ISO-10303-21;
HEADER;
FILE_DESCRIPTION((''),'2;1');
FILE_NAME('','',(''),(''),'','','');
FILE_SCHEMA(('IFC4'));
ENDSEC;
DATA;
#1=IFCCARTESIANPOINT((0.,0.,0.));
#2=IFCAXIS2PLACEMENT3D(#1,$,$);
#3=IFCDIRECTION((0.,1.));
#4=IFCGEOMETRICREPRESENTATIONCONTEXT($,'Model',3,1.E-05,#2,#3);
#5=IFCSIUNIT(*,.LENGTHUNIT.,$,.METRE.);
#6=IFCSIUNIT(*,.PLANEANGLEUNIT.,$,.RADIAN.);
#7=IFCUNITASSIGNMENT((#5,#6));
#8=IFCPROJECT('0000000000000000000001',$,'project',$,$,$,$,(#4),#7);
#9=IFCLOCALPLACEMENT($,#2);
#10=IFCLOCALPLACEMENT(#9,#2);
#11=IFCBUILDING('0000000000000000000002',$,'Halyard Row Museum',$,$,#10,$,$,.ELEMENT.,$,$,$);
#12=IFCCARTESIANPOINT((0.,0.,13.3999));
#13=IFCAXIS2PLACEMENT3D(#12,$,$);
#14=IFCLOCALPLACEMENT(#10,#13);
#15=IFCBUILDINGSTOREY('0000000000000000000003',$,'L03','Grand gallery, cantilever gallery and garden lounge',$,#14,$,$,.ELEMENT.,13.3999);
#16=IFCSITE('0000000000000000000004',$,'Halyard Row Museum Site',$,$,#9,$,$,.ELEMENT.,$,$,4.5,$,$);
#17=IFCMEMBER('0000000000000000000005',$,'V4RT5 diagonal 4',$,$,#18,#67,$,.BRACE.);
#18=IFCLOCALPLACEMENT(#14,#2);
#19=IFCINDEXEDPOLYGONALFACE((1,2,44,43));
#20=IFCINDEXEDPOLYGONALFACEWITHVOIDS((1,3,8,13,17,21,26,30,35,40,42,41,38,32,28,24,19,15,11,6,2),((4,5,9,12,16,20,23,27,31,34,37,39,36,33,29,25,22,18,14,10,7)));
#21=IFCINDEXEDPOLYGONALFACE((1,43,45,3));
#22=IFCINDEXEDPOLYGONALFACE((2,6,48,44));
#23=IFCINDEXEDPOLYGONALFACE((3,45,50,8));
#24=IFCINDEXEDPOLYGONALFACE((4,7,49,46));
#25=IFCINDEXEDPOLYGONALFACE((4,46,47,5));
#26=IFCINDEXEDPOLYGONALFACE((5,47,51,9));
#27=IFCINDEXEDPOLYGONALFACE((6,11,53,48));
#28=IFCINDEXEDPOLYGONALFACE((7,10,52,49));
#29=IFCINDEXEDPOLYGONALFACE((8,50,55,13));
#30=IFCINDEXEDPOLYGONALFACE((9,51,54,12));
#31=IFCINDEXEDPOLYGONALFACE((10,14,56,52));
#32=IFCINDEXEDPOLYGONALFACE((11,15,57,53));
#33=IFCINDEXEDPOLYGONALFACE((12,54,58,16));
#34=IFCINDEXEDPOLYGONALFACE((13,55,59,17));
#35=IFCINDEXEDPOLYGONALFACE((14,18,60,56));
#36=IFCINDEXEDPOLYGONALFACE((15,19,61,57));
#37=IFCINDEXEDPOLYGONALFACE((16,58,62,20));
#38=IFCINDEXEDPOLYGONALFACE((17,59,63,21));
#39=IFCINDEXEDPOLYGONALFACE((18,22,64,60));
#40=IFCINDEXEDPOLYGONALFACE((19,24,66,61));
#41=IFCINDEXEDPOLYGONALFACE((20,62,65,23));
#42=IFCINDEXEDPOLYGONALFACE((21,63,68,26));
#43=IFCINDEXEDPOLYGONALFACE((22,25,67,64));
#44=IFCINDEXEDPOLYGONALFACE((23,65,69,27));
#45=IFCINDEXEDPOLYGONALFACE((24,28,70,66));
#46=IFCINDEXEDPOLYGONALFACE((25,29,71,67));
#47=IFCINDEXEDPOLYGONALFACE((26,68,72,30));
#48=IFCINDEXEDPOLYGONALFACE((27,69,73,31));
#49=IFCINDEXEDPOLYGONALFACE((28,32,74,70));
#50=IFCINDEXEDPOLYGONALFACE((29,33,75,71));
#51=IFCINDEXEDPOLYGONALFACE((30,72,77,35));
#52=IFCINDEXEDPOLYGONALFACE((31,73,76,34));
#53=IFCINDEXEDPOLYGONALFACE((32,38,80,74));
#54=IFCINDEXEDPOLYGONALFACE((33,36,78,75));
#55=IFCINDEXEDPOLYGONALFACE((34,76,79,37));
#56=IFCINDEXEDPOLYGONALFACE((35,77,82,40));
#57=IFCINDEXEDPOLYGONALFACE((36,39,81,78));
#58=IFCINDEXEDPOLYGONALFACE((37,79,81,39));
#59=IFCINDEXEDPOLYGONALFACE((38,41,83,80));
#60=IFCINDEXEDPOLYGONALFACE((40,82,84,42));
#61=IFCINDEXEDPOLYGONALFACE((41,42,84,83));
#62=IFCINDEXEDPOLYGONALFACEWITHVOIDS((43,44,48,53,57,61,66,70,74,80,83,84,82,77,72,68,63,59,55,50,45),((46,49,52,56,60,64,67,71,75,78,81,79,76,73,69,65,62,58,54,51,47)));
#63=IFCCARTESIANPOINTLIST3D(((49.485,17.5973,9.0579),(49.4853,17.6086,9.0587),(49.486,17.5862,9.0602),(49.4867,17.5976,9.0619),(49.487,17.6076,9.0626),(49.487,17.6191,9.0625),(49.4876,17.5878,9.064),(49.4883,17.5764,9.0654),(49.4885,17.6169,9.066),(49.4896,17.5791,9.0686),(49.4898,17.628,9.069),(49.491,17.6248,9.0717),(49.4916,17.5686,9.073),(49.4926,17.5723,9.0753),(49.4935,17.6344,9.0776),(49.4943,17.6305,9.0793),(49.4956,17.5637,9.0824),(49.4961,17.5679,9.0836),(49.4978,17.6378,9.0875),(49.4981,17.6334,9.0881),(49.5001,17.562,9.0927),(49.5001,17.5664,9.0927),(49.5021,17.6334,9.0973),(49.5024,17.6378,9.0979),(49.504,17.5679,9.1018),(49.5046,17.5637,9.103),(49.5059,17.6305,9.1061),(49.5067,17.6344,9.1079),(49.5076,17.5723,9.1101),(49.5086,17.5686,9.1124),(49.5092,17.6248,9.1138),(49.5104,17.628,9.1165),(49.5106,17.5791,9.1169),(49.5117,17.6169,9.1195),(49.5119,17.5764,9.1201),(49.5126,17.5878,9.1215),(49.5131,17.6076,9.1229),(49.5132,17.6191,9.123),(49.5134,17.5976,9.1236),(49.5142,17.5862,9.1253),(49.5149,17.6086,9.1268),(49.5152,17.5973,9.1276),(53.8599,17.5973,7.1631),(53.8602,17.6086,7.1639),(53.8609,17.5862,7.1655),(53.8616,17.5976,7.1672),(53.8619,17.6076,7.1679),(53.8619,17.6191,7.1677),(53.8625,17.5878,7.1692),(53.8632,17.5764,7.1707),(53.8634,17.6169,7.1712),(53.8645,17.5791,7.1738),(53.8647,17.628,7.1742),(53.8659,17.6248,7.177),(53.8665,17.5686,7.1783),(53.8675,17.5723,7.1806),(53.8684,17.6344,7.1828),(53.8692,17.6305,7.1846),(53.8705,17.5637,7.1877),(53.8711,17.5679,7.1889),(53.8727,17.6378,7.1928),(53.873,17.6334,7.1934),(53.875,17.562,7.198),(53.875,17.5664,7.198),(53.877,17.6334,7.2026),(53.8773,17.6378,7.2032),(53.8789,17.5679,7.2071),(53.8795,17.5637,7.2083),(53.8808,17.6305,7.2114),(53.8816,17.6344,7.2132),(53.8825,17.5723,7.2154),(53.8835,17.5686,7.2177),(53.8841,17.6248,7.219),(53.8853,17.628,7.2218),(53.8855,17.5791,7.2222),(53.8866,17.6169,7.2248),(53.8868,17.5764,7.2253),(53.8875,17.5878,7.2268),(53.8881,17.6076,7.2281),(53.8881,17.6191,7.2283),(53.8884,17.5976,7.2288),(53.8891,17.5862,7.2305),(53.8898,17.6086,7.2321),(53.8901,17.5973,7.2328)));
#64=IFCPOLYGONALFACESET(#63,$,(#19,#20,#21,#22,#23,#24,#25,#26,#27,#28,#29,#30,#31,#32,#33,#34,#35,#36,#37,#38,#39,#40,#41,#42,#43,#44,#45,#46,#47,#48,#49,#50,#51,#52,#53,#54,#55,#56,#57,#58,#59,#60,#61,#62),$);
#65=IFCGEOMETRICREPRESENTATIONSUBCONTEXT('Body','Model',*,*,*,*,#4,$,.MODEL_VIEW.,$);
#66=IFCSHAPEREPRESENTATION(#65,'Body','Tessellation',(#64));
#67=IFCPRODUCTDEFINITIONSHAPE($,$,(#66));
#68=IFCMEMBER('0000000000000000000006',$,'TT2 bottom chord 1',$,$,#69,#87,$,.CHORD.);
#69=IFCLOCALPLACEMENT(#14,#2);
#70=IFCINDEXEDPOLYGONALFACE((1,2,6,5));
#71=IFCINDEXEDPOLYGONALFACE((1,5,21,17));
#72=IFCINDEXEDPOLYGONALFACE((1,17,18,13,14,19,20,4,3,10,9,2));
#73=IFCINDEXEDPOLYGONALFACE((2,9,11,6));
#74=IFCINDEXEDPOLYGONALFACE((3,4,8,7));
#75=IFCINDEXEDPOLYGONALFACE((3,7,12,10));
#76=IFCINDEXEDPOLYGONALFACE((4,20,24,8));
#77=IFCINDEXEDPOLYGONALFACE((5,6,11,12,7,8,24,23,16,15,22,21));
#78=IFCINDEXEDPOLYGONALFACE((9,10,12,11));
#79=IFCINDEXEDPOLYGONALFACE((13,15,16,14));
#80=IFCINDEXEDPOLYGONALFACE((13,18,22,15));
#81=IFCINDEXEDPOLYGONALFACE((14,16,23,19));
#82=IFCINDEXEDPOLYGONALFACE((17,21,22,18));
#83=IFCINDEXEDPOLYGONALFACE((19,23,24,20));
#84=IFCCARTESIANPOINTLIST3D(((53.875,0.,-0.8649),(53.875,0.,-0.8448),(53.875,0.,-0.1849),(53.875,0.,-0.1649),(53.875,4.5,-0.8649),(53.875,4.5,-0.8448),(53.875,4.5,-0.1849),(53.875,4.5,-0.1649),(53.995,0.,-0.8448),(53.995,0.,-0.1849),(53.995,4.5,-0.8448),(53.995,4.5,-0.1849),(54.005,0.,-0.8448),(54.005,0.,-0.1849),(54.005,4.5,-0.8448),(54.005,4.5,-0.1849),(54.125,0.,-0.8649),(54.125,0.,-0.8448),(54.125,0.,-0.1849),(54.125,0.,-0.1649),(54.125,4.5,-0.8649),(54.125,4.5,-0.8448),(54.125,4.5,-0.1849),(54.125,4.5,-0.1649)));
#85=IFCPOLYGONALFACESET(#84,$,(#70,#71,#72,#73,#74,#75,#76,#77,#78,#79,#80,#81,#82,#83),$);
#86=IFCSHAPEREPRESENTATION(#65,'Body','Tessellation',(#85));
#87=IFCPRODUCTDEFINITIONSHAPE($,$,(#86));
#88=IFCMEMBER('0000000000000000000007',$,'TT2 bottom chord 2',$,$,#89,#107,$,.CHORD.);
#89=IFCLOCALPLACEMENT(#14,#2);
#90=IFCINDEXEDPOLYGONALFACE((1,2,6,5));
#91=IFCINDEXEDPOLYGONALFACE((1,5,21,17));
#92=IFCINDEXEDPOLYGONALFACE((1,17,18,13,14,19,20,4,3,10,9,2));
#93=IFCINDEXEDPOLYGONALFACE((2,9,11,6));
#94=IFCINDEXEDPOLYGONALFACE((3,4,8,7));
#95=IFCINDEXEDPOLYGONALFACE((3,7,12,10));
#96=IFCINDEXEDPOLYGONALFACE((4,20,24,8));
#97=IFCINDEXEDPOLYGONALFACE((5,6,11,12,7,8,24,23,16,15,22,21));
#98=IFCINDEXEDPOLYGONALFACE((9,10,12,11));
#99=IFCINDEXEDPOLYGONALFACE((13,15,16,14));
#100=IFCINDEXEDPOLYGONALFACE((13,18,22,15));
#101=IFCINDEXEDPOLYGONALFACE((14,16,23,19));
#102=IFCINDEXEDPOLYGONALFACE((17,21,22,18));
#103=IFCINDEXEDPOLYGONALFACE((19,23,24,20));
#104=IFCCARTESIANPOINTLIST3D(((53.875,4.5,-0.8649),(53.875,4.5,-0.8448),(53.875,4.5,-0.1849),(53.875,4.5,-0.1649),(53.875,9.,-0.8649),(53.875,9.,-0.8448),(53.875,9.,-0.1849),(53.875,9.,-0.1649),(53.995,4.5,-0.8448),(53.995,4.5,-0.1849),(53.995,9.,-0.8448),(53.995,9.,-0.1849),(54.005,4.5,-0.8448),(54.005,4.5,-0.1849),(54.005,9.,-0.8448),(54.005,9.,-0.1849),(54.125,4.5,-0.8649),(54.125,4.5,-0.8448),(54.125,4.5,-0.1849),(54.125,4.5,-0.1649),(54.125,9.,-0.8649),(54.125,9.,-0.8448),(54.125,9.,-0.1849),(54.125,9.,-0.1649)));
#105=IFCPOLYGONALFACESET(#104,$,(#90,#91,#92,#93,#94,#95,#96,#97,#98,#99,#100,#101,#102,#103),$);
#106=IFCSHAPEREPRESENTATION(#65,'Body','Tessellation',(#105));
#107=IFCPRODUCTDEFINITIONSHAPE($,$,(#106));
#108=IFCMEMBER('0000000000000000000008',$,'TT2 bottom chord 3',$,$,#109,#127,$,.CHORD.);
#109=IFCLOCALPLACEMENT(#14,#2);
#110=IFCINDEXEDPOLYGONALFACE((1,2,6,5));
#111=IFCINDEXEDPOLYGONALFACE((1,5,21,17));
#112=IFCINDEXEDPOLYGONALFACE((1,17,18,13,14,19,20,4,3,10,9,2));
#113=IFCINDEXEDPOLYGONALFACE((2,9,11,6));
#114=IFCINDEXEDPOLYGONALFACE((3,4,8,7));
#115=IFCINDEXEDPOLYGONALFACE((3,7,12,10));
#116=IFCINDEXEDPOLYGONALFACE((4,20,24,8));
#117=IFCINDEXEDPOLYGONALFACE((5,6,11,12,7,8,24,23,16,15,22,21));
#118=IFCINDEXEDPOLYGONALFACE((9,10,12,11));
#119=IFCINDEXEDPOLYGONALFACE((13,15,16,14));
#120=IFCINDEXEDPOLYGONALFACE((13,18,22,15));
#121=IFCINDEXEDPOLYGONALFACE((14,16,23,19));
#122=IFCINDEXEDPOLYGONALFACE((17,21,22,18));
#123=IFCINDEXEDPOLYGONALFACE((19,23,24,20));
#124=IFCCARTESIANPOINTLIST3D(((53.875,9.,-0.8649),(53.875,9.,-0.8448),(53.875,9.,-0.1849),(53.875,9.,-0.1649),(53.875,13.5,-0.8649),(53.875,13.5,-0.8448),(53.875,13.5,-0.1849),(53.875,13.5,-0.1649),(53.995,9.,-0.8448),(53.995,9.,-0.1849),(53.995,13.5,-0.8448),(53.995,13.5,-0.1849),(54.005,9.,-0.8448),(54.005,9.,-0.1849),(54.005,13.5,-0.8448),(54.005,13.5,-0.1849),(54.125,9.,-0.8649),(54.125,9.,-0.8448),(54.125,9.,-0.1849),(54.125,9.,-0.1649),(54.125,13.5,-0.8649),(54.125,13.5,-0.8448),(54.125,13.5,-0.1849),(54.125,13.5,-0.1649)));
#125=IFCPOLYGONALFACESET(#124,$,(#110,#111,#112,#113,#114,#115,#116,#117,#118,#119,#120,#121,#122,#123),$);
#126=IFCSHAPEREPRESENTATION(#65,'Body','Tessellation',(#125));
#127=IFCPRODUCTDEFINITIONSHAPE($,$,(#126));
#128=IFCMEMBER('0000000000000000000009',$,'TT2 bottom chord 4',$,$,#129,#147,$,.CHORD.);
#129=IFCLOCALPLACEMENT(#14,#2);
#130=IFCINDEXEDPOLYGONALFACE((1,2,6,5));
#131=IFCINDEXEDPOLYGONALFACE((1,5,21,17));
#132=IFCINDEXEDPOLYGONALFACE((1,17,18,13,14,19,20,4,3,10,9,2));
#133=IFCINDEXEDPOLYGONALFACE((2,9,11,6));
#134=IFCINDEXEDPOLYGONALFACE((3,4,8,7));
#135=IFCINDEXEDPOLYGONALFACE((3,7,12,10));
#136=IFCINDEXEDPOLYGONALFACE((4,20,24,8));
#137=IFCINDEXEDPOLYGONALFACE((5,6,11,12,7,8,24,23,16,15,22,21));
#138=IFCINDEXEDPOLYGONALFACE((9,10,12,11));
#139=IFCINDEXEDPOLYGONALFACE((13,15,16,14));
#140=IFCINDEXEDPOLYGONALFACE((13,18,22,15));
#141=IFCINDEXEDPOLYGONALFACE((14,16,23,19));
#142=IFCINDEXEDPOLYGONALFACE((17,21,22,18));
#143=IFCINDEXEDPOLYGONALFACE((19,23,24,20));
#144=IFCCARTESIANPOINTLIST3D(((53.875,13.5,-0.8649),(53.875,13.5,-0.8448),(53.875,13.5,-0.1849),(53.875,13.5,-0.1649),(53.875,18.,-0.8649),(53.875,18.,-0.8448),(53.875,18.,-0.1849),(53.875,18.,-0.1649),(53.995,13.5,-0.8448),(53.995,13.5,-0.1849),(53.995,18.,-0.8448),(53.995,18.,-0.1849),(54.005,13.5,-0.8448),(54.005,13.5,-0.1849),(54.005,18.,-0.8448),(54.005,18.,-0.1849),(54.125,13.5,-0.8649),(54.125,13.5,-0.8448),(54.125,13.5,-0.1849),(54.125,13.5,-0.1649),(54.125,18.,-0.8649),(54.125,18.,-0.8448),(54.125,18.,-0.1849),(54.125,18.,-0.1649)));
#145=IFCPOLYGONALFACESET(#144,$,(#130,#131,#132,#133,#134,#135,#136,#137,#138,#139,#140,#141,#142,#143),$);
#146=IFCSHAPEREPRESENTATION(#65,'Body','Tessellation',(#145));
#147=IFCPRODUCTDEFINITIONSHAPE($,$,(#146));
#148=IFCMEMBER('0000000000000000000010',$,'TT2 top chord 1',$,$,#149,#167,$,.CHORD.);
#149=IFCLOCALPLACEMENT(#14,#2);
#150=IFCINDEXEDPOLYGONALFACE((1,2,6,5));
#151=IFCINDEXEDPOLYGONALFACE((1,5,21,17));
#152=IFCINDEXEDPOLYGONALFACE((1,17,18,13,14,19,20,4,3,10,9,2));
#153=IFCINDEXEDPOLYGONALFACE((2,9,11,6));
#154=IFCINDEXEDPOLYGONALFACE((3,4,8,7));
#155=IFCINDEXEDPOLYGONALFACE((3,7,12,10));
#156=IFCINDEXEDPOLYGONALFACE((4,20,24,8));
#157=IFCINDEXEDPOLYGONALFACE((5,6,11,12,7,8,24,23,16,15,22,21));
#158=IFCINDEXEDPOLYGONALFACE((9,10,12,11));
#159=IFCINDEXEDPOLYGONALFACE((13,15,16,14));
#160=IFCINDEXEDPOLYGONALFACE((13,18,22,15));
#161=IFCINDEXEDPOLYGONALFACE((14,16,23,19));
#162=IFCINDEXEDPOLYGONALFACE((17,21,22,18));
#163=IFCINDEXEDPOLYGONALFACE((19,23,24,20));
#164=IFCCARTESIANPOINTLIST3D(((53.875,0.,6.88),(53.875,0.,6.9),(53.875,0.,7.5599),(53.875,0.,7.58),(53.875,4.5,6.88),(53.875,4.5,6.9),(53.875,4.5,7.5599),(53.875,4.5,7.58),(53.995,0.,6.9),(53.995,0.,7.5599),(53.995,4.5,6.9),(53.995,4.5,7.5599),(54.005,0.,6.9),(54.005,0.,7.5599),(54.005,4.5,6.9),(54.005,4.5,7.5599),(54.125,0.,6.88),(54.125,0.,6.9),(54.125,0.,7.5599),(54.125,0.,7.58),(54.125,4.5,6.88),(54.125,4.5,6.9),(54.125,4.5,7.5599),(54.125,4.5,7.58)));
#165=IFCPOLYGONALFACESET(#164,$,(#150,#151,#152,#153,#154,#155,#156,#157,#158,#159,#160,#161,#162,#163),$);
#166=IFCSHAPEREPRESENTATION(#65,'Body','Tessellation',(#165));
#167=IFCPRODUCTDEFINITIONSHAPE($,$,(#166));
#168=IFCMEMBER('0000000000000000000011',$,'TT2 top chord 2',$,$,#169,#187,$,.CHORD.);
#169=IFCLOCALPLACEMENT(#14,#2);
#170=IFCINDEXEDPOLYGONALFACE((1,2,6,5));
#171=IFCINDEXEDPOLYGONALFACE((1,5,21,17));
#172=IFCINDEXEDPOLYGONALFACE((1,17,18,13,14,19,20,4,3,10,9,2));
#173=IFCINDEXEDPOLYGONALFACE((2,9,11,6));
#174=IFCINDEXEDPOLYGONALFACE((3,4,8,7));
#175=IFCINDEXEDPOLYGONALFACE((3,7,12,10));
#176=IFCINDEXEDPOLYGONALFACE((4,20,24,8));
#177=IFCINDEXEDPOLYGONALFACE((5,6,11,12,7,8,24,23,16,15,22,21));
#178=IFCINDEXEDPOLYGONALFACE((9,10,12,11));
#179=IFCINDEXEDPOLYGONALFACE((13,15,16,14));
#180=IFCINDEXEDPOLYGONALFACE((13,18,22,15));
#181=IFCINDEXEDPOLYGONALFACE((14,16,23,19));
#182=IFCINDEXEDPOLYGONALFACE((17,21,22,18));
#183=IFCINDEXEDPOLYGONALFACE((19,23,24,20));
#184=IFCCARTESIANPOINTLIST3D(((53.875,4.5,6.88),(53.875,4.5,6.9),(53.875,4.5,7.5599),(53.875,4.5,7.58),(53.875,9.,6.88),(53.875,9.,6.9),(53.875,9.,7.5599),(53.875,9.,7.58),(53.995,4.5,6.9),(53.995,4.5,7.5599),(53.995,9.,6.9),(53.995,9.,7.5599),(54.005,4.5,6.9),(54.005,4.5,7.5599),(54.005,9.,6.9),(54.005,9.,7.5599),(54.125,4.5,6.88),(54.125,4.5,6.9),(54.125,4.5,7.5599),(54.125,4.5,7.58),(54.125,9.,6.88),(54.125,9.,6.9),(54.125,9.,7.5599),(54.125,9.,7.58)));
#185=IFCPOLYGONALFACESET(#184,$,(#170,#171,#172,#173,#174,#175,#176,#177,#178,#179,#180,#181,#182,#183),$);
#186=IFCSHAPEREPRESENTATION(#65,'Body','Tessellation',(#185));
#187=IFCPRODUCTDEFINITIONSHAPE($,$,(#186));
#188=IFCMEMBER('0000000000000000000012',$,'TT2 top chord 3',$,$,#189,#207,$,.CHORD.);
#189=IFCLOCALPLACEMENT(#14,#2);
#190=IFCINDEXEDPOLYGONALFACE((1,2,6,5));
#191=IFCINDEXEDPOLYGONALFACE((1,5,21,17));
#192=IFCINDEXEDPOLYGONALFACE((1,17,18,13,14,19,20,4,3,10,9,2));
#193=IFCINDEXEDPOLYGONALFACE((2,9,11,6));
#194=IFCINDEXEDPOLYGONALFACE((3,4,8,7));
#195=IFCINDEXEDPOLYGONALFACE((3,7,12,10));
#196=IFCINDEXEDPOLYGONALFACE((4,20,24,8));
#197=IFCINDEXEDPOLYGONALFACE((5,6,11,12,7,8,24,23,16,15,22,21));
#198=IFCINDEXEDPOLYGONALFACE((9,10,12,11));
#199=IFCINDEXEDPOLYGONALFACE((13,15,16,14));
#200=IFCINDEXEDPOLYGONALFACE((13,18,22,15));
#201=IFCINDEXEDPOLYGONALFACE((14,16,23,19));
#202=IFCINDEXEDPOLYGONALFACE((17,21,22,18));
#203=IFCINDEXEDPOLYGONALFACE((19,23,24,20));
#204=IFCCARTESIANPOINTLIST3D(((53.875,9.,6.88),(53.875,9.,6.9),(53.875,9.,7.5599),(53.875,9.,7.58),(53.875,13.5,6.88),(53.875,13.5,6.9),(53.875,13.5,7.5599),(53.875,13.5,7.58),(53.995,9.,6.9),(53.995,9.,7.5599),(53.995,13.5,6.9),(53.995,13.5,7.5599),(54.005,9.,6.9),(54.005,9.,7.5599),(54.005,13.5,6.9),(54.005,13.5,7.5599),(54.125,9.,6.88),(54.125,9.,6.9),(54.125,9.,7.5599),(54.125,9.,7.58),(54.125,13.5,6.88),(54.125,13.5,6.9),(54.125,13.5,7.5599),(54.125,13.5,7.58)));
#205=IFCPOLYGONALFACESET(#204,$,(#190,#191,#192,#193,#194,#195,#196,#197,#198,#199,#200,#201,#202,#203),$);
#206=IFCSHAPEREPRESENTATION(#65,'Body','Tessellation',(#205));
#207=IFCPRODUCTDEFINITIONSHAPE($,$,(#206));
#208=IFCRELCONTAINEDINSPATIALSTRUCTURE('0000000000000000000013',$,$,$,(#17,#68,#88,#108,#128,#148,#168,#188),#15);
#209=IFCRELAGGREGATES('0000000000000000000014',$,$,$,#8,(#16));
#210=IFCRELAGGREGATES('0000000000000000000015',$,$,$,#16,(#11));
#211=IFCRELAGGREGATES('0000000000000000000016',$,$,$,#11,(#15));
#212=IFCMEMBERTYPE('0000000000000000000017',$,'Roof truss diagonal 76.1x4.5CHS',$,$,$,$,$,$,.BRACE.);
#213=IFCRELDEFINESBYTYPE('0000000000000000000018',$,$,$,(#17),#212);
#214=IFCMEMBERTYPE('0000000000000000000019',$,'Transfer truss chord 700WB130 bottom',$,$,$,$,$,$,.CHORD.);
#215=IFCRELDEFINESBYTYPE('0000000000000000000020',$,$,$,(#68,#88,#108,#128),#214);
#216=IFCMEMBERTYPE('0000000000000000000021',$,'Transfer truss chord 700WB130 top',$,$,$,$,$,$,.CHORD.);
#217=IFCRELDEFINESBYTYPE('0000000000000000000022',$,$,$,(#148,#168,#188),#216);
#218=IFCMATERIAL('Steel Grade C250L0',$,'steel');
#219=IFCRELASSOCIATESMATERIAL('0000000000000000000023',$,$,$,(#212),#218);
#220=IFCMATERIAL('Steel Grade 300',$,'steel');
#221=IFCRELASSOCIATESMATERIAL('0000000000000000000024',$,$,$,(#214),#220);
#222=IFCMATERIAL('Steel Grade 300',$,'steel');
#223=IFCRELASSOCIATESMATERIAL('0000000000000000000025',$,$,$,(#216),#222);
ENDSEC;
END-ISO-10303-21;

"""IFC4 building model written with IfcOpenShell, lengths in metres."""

from ifc_helpers import new_model, si_unit, direction, frame, origin, origin_2d, place, context, subcontext, project, spatial, hollow_circle, i_section, extrude, material, material_profile, profile_set, type_object, element, save


model = new_model("IFC4")

# Units and contexts
model_context = context("Model", 3, precision=1e-05, world=origin(), true_north=direction((0.0, 1.0)))
body_context = subcontext(model_context, "Body", "Model", "MODEL_VIEW")
ifc_project = project(units=[si_unit("LENGTHUNIT", "METRE"), si_unit("PLANEANGLEUNIT", "RADIAN")], contexts=[model_context])

# Site, building, storey
site_placement = place(None, origin())
site = spatial("IfcSite", under=ifc_project, at=site_placement, Name="Halyard Row Museum Site", CompositionType="ELEMENT", RefElevation=4.5)
building_placement = place(site_placement, origin())
building = spatial("IfcBuilding", under=site, at=building_placement, Name="Halyard Row Museum", CompositionType="ELEMENT")
storey_placement = place(building_placement, frame((0.0, 0.0, 13.3999)))
storey = spatial("IfcBuildingStorey", under=building, at=storey_placement, Name="L03", Description="Grand gallery, cantilever gallery and garden lounge", CompositionType="ELEMENT", Elevation=13.3999)

# Members
ifc_material_1 = material(Name="Steel Grade C250L0", Category="steel")
ifc_material_profile_1 = material_profile(ifc_material_1, hollow_circle(Radius=0.0381, WallThickness=0.0044, at=origin_2d()), Name="76.1x4.5CHS")
ifc_profile_set_1 = profile_set([ifc_material_profile_1], Name="Steel Grade C250L0")
member_type_1 = type_object("IfcMemberType", Name="Roof truss diagonal 76.1x4.5CHS", PredefinedType="BRACE", material=ifc_profile_set_1)
member_1_placement = place(storey_placement, frame((53.875, 17.6001, 7.198), z_axis=(-0.917637, 0.0, 0.397421), x_axis=(0.0, -1.0, 0.0)))
element("IfcMember", 1, at=member_1_placement, inside=storey, type_object=member_type_1, Name="V4RT5 diagonal 4", PredefinedType="BRACE", context=body_context, shape_type="SweptSolid", body=[
    extrude(hollow_circle(Radius=0.0381, WallThickness=0.0044, at=origin_2d()), origin(), (0.0, 0.0, 1.0), 4.7676),
])
ifc_material_2 = material(Name="Steel Grade 300", Category="steel")
ifc_material_profile_2 = material_profile(ifc_material_2, i_section(OverallWidth=0.25, OverallDepth=0.7, WebThickness=0.01, FlangeThickness=0.02, at=origin_2d()), Name="700WB130")
ifc_profile_set_2 = profile_set([ifc_material_profile_2], Name="Steel Grade 300")
member_type_2 = type_object("IfcMemberType", Name="Transfer truss chord 700WB130 bottom", PredefinedType="CHORD", material=ifc_profile_set_2)
for number, where, z_axis, x_axis, name in (
    (2, (54.0, 0.0, -0.5149), (0.0, 1.0, 0.0), (-1.0, 0.0, 0.0), "TT2 bottom chord 1"),
    (3, (54.0, 4.5, -0.5149), (0.0, 1.0, 0.0), (-1.0, 0.0, 0.0), "TT2 bottom chord 2"),
    (4, (54.0, 9.0, -0.5149), (0.0, 1.0, 0.0), (-1.0, 0.0, 0.0), "TT2 bottom chord 3"),
    (5, (54.0, 13.5, -0.5149), (0.0, 1.0, 0.0), (-1.0, 0.0, 0.0), "TT2 bottom chord 4"),
):
    element("IfcMember", number, at=place(storey_placement, frame(where, z_axis=z_axis, x_axis=x_axis)), inside=storey, type_object=member_type_2, Name=name, PredefinedType="CHORD", context=body_context, shape_type="SweptSolid", body=[
        extrude(i_section(OverallWidth=0.25, OverallDepth=0.7, WebThickness=0.01, FlangeThickness=0.02, at=origin_2d()), origin(), (0.0, 0.0, 1.0), 4.5),
    ])
ifc_material_3 = material(Name="Steel Grade 300", Category="steel")
ifc_material_profile_3 = material_profile(ifc_material_3, i_section(OverallWidth=0.25, OverallDepth=0.7, WebThickness=0.01, FlangeThickness=0.02, at=origin_2d()), Name="700WB130")
ifc_profile_set_3 = profile_set([ifc_material_profile_3], Name="Steel Grade 300")
member_type_3 = type_object("IfcMemberType", Name="Transfer truss chord 700WB130 top", PredefinedType="CHORD", material=ifc_profile_set_3)
for number, where, z_axis, x_axis, name in (
    (6, (54.0, 0.0, 7.23), (0.0, 1.0, 0.0), (-1.0, 0.0, 0.0), "TT2 top chord 1"),
    (7, (54.0, 4.5, 7.23), (0.0, 1.0, 0.0), (-1.0, 0.0, 0.0), "TT2 top chord 2"),
    (8, (54.0, 9.0, 7.23), (0.0, 1.0, 0.0), (-1.0, 0.0, 0.0), "TT2 top chord 3"),
):
    element("IfcMember", number, at=place(storey_placement, frame(where, z_axis=z_axis, x_axis=x_axis)), inside=storey, type_object=member_type_3, Name=name, PredefinedType="CHORD", context=body_context, shape_type="SweptSolid", body=[
        extrude(i_section(OverallWidth=0.25, OverallDepth=0.7, WebThickness=0.01, FlangeThickness=0.02, at=origin_2d()), origin(), (0.0, 0.0, 1.0), 4.5),
    ])

save(model, "model.ifc")
